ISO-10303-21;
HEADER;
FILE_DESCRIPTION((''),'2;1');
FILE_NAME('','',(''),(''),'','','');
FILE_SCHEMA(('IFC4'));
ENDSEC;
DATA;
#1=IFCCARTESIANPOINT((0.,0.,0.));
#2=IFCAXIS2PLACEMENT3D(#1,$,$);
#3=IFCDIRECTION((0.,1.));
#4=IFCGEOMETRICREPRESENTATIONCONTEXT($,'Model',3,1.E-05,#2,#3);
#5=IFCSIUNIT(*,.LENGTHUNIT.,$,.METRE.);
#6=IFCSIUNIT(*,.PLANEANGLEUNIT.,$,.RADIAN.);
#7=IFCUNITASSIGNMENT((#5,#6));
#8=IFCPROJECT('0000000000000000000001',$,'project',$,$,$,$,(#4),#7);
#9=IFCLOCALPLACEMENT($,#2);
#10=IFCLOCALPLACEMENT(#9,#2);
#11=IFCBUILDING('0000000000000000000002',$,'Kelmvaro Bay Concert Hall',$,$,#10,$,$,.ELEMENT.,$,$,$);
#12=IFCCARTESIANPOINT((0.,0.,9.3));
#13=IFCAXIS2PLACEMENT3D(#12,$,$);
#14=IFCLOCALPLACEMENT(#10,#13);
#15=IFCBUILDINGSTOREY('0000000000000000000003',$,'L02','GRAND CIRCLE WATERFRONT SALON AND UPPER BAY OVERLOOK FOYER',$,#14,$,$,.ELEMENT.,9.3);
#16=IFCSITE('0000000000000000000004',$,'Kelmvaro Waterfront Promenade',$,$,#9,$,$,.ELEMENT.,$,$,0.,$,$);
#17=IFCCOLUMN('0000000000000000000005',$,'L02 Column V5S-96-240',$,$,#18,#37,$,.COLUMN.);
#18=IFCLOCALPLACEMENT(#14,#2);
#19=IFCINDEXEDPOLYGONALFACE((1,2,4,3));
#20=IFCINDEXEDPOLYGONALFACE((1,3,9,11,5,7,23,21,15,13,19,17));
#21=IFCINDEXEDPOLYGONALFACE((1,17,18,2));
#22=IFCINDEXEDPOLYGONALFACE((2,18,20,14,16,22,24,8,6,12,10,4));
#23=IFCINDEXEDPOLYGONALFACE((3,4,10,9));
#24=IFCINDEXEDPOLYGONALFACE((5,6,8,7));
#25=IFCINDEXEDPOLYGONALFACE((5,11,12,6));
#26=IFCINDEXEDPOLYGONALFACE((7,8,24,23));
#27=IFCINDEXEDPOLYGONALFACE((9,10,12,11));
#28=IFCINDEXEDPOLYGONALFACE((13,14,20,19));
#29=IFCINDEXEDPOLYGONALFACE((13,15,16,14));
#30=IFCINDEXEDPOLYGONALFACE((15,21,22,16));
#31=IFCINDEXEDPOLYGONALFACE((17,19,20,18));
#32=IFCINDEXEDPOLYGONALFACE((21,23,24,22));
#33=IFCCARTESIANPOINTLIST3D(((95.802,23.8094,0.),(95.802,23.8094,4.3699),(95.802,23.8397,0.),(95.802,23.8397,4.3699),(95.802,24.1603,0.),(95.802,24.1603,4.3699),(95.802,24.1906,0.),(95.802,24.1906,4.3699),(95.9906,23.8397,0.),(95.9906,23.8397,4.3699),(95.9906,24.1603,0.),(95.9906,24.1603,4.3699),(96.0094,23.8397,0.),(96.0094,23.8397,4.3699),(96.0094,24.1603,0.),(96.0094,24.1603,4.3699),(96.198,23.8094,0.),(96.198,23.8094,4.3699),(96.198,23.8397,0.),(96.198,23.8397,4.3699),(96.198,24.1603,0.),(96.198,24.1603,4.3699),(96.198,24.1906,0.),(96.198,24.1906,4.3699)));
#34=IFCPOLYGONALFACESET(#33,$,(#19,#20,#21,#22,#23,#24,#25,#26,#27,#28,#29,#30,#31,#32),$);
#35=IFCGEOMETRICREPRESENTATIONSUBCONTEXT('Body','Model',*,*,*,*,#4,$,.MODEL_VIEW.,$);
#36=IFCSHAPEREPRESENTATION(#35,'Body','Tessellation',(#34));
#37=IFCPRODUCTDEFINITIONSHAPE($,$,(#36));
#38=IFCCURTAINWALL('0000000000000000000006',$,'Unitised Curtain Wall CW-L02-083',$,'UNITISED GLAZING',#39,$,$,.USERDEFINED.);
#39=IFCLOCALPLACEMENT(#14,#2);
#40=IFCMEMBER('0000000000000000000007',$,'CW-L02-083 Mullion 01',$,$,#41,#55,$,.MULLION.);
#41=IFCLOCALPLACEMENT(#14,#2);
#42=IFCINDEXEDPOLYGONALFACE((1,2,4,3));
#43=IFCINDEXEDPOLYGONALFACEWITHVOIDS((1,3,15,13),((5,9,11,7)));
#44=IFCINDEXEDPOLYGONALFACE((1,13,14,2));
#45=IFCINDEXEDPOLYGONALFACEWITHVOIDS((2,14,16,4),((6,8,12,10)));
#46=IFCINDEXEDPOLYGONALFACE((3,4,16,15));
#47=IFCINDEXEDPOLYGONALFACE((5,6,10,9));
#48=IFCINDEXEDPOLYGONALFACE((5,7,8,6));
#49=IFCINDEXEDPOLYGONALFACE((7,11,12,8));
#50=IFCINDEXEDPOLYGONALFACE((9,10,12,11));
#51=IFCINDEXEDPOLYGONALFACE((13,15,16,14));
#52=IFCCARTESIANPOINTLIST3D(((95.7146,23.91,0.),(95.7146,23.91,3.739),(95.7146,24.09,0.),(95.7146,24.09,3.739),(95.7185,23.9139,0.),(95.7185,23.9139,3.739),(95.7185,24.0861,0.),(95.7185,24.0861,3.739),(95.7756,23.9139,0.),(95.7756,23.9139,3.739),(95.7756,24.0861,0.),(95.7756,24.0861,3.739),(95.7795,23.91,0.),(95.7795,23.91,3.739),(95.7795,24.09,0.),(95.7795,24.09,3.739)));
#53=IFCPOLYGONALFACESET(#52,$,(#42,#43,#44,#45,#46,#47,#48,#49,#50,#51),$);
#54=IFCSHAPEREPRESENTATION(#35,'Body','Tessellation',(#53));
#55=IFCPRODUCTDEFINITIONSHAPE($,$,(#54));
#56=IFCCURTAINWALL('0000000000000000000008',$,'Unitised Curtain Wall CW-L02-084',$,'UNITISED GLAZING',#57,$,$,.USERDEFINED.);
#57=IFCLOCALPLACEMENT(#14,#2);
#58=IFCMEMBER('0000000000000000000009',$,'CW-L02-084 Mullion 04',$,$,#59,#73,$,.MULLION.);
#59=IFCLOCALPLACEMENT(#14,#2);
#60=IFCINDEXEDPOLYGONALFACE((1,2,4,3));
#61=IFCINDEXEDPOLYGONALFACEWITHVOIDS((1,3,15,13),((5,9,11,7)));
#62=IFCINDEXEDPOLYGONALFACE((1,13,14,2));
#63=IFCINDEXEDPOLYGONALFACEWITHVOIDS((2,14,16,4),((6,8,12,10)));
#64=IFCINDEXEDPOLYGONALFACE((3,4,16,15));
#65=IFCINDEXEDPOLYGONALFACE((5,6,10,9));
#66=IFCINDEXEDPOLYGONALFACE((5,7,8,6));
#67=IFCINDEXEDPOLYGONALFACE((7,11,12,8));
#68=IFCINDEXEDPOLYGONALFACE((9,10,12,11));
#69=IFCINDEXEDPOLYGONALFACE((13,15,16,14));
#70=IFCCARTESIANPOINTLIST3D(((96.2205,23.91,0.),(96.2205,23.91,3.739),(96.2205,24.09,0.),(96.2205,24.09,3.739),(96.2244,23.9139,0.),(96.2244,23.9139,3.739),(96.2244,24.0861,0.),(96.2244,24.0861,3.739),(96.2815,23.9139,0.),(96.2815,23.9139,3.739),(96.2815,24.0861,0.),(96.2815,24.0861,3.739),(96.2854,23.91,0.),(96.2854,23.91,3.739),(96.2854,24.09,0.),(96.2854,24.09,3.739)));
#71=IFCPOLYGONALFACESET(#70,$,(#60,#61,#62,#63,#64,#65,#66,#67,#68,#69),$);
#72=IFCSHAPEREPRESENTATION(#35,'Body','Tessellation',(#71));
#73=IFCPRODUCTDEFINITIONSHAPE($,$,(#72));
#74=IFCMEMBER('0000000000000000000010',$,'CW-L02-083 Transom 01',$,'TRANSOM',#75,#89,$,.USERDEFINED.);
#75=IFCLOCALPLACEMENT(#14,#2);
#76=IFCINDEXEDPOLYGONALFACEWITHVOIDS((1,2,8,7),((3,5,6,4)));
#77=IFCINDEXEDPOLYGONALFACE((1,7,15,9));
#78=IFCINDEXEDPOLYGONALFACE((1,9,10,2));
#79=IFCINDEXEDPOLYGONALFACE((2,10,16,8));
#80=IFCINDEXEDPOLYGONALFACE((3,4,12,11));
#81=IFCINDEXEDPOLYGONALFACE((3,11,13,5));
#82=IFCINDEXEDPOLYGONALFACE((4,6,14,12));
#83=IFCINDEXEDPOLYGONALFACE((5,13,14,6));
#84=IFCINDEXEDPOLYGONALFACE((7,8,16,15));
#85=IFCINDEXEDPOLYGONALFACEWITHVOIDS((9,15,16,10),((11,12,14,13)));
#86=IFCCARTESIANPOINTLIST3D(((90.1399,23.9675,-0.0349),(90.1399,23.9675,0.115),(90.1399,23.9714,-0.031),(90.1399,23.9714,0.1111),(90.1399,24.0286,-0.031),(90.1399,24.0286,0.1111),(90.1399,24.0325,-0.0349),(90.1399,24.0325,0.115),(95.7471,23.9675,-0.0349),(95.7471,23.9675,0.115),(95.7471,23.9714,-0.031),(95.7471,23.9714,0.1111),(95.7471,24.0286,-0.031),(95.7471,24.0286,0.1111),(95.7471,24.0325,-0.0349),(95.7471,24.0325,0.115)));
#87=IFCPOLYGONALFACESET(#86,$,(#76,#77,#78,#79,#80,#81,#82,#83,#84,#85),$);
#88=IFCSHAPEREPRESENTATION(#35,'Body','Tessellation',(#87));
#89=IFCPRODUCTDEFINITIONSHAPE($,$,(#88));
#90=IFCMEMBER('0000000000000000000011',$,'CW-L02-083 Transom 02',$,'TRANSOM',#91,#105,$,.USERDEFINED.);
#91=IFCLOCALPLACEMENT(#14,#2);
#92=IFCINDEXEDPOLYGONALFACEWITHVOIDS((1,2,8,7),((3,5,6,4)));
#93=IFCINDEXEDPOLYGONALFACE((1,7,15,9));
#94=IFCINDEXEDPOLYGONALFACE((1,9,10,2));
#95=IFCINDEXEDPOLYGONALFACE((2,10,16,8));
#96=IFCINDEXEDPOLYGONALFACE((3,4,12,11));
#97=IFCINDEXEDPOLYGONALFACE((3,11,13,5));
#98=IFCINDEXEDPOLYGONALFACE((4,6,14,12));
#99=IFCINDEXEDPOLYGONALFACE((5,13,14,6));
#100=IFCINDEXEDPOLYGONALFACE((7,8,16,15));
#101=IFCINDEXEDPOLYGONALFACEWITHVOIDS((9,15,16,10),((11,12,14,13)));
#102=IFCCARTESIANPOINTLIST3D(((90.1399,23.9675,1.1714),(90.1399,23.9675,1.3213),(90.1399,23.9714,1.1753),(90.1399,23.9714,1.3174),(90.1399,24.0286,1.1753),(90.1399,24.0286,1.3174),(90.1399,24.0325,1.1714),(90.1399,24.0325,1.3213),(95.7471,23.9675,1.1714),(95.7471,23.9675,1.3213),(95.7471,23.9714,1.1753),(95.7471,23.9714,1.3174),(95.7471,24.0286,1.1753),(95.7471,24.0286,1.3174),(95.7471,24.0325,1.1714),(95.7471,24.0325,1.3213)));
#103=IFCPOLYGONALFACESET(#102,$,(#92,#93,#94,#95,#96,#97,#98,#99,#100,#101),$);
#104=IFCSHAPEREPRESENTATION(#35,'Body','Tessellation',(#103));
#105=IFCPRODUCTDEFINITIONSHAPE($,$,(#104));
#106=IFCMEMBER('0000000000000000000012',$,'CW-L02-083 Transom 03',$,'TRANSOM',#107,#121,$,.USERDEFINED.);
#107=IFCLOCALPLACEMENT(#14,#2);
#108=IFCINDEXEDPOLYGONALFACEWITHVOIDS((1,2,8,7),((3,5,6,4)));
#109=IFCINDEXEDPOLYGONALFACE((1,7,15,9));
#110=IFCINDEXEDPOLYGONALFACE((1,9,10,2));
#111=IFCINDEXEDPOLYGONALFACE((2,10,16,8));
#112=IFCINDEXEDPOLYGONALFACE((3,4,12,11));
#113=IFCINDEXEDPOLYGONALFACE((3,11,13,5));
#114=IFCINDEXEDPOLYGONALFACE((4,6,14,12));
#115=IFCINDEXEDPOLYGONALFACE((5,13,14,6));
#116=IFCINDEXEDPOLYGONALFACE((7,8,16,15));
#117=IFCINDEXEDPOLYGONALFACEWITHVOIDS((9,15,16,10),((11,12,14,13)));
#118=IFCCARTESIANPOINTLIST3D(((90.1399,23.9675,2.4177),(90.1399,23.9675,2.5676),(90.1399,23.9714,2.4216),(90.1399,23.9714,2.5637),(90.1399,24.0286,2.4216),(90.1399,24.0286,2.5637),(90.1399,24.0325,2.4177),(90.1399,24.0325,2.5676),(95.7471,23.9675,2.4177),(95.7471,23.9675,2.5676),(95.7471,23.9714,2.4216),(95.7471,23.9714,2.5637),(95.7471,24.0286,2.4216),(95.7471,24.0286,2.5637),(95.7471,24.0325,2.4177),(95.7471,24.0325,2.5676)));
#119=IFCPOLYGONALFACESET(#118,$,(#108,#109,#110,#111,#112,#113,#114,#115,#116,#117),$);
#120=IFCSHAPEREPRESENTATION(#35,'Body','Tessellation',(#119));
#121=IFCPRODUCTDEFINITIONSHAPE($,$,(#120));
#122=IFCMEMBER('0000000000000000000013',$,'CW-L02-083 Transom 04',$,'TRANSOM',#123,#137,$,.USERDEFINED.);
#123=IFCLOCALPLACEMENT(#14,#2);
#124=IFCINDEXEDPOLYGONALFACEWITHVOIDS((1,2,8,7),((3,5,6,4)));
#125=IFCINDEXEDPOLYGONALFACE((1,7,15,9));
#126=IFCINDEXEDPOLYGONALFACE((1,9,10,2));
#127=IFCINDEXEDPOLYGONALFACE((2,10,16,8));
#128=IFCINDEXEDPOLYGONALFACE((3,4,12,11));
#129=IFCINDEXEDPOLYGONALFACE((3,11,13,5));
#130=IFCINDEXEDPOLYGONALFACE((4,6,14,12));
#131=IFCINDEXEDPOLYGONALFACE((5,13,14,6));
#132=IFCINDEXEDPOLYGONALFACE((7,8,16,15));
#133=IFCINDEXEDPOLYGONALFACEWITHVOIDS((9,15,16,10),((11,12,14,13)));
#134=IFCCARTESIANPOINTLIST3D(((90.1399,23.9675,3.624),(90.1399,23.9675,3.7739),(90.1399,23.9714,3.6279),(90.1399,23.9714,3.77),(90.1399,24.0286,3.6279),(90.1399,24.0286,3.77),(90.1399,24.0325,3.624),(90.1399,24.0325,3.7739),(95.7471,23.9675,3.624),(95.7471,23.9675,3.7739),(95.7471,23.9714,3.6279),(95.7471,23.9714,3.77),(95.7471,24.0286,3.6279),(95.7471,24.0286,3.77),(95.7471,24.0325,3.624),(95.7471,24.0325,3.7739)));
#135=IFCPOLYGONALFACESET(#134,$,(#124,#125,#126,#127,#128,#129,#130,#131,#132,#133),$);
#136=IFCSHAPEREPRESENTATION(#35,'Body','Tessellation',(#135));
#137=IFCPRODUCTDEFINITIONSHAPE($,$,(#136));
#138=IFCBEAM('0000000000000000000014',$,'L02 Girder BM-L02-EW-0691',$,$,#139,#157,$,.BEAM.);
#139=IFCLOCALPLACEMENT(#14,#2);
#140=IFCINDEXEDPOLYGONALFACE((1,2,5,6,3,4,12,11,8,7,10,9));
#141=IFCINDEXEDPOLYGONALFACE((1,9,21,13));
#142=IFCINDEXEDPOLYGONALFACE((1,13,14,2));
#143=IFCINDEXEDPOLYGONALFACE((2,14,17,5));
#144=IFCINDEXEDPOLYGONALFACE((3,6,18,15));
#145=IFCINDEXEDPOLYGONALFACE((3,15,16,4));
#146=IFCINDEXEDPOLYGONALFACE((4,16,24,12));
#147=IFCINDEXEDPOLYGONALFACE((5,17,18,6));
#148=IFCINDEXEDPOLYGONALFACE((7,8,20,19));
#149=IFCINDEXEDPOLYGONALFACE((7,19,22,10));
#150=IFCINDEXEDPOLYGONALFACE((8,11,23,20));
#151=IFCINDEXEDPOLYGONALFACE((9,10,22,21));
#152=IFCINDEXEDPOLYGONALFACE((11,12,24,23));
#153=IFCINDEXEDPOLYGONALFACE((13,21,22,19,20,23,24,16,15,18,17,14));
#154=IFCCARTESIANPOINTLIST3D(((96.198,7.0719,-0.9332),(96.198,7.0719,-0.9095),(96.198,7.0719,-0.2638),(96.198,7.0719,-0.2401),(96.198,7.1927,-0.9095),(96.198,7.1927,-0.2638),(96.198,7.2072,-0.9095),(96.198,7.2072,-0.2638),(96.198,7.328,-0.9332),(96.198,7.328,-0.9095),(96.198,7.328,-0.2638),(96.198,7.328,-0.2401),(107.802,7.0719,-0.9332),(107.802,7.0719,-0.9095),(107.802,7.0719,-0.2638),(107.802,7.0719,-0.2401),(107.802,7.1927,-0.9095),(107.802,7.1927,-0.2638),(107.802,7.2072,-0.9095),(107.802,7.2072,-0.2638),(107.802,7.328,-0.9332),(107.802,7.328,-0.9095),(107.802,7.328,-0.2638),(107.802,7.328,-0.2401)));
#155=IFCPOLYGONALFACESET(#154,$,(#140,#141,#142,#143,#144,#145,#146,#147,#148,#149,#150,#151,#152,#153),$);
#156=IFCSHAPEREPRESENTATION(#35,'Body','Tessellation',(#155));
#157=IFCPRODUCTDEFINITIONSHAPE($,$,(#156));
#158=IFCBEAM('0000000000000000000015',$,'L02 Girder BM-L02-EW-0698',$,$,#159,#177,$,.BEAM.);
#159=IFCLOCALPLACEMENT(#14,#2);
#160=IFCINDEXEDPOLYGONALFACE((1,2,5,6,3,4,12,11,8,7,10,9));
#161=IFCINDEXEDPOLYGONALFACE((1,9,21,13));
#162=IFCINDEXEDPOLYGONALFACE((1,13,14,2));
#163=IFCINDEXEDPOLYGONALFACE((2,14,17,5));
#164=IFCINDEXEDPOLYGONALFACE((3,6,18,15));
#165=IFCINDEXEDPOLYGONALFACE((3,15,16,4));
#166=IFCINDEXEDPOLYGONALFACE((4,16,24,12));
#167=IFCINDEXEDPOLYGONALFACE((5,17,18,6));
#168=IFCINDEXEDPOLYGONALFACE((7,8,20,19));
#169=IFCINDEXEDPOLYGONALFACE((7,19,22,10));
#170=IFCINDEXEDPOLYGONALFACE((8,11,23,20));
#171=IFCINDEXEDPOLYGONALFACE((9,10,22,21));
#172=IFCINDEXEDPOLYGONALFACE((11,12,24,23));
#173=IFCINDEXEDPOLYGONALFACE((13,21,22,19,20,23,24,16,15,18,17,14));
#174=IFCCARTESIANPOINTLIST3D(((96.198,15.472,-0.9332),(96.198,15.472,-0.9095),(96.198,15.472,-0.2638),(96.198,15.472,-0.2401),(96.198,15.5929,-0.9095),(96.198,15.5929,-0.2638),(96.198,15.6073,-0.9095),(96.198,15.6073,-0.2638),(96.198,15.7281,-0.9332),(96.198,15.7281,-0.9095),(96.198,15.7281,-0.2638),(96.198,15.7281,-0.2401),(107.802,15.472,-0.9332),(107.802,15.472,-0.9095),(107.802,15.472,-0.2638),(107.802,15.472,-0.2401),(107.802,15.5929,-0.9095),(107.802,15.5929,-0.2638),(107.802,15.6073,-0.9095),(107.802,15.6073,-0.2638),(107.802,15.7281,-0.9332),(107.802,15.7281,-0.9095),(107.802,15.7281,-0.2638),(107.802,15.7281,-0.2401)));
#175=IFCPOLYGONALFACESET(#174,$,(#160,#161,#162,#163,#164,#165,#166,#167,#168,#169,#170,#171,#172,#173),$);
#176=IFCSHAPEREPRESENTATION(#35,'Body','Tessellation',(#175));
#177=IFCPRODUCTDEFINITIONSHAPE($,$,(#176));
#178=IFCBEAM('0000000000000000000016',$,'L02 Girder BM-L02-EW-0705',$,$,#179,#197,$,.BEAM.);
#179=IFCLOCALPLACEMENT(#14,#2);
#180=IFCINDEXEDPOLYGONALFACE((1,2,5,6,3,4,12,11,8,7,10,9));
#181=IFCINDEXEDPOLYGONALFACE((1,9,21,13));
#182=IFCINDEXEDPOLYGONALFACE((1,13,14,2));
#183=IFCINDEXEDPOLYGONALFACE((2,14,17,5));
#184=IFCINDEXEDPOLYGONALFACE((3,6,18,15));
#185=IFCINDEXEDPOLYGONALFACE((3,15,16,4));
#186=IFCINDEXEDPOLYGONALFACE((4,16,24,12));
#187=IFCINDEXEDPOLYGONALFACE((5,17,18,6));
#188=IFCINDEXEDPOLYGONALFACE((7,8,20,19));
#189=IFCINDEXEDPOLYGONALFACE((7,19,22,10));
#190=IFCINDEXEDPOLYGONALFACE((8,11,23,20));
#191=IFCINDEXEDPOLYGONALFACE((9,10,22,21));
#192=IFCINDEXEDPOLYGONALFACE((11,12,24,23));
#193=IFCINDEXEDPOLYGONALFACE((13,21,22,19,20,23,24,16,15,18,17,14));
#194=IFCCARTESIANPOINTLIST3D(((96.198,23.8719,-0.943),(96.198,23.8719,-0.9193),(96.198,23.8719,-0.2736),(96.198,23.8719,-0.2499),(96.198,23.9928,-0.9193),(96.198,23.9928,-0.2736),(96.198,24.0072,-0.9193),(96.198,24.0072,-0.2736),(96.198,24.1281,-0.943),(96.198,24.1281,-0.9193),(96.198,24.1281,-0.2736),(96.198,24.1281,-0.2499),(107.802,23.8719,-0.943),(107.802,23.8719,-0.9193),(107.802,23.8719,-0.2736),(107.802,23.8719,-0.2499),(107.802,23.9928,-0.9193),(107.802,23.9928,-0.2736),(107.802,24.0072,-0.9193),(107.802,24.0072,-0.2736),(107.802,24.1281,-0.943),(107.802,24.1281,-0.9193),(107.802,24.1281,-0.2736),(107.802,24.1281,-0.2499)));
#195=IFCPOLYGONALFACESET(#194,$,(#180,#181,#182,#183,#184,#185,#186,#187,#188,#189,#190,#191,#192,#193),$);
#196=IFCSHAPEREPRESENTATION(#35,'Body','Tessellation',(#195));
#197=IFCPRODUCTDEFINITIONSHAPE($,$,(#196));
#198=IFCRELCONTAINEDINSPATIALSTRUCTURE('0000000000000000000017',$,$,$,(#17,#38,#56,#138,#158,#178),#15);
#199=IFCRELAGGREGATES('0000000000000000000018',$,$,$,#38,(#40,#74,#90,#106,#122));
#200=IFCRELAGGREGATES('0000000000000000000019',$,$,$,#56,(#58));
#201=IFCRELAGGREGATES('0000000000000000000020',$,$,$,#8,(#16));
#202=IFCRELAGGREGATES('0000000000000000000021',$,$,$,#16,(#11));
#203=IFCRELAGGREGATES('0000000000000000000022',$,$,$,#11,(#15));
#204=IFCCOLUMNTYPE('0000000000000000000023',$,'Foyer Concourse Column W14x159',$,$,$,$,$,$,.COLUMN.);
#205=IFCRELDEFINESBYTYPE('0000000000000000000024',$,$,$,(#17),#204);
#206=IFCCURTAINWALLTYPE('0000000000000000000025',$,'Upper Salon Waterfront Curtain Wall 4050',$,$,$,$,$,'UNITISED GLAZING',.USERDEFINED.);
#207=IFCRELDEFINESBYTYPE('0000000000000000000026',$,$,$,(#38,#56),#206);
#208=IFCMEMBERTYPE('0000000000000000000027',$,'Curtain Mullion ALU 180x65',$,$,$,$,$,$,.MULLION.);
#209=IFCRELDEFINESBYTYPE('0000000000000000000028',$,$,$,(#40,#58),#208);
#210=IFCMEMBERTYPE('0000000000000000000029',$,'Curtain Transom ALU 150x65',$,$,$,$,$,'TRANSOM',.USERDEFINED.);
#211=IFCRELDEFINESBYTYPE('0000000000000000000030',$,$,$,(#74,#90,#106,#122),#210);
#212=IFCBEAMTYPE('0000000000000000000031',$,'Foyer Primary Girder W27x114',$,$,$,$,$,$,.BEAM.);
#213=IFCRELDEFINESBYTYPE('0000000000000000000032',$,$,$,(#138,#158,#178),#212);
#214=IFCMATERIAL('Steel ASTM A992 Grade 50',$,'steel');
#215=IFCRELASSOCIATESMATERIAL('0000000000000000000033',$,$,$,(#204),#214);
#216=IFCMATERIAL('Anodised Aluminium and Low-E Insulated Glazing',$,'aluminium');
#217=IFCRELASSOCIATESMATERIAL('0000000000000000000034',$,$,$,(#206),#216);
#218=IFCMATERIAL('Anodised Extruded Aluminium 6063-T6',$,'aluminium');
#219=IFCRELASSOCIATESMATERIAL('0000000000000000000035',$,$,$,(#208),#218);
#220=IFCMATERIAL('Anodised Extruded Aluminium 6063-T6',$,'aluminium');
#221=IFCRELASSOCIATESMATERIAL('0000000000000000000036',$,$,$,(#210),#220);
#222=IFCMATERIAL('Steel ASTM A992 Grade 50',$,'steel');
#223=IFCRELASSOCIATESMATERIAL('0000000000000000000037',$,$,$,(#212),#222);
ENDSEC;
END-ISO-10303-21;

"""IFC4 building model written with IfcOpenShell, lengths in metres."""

from ifc_helpers import new_model, si_unit, direction, frame, origin, origin_2d, place, context, subcontext, project, spatial, hollow_rectangle, i_section, extrude, material, material_profile, profile_set, type_object, element, aggregate, save


model = new_model("IFC4")

# Units and contexts
model_context = context("Model", 3, precision=1e-05, world=origin(), true_north=direction((0.0, 1.0)))
body_context = subcontext(model_context, "Body", "Model", "MODEL_VIEW")
ifc_project = project(units=[si_unit("LENGTHUNIT", "METRE"), si_unit("PLANEANGLEUNIT", "RADIAN")], contexts=[model_context])

# Site, building, storey
site_placement = place(None, origin())
site = spatial("IfcSite", under=ifc_project, at=site_placement, Name="Kelmvaro Waterfront Promenade", CompositionType="ELEMENT", RefElevation=0.0)
building_placement = place(site_placement, origin())
building = spatial("IfcBuilding", under=site, at=building_placement, Name="Kelmvaro Bay Concert Hall", CompositionType="ELEMENT")
storey_placement = place(building_placement, frame((0.0, 0.0, 9.3)))
storey = spatial("IfcBuildingStorey", under=building, at=storey_placement, Name="L02", Description="GRAND CIRCLE WATERFRONT SALON AND UPPER BAY OVERLOOK FOYER", CompositionType="ELEMENT", Elevation=9.3)

# Column
ifc_material_1 = material(Name="Steel ASTM A992 Grade 50", Category="steel")
ifc_material_profile_1 = material_profile(ifc_material_1, i_section(OverallWidth=0.396, OverallDepth=0.3811, WebThickness=0.0188, FlangeThickness=0.0303, at=origin_2d()), Name="W14X159")
ifc_profile_set_1 = profile_set([ifc_material_profile_1], Name="Steel ASTM A992 Grade 50")
column_type = type_object("IfcColumnType", Name="Foyer Concourse Column W14x159", PredefinedType="COLUMN", material=ifc_profile_set_1)
column_placement = place(storey_placement, frame((96.0, 24.0, 0.0), z_axis=(0.0, 0.0, 1.0), x_axis=(1.0, 0.0, 0.0)))
element("IfcColumn", 1, at=column_placement, inside=storey, type_object=column_type, Name="L02 Column V5S-96-240", PredefinedType="COLUMN", context=body_context, shape_type="SweptSolid", body=[
    extrude(i_section(OverallWidth=0.396, OverallDepth=0.3811, WebThickness=0.0188, FlangeThickness=0.0303, at=origin_2d()), origin(), (0.0, 0.0, 1.0), 4.3699),
])

# Curtain walls, members
ifc_material_2 = material(Name="Anodised Aluminium and Low-E Insulated Glazing", Category="aluminium")
curtain_wall_type = type_object("IfcCurtainWallType", Name="Upper Salon Waterfront Curtain Wall 4050", ElementType="UNITISED GLAZING", PredefinedType="USERDEFINED", material=ifc_material_2)
curtain_wall_1_placement = place(storey_placement, origin())
curtain_wall_1 = element("IfcCurtainWall", 2, at=curtain_wall_1_placement, inside=storey, type_object=curtain_wall_type, Name="Unitised Curtain Wall CW-L02-083", ObjectType="UNITISED GLAZING", PredefinedType="USERDEFINED")
ifc_material_3 = material(Name="Anodised Extruded Aluminium 6063-T6", Category="aluminium")
ifc_material_profile_2 = material_profile(ifc_material_3, hollow_rectangle(XDim=0.0649, YDim=0.1799, WallThickness=0.0039, at=origin_2d()), Name="ALU-MUL-180X65")
ifc_profile_set_2 = profile_set([ifc_material_profile_2], Name="Anodised Extruded Aluminium 6063-T6")
member_type_1 = type_object("IfcMemberType", Name="Curtain Mullion ALU 180x65", PredefinedType="MULLION", material=ifc_profile_set_2)
member_1_placement = place(storey_placement, frame((95.7471, 24.0, 0.0), z_axis=(0.0, 0.0, 1.0), x_axis=(1.0, 0.0, 0.0)))
member_1 = element("IfcMember", 3, at=member_1_placement, type_object=member_type_1, Name="CW-L02-083 Mullion 01", PredefinedType="MULLION", context=body_context, shape_type="SweptSolid", body=[
    extrude(hollow_rectangle(XDim=0.0649, YDim=0.1799, WallThickness=0.0039, at=origin_2d()), origin(), (0.0, 0.0, 1.0), 3.739),
])
curtain_wall_2_placement = place(storey_placement, origin())
curtain_wall_2 = element("IfcCurtainWall", 4, at=curtain_wall_2_placement, inside=storey, type_object=curtain_wall_type, Name="Unitised Curtain Wall CW-L02-084", ObjectType="UNITISED GLAZING", PredefinedType="USERDEFINED")
member_2_placement = place(storey_placement, frame((96.2529, 24.0, 0.0), z_axis=(0.0, 0.0, 1.0), x_axis=(1.0, 0.0, 0.0)))
member_2 = element("IfcMember", 5, at=member_2_placement, type_object=member_type_1, Name="CW-L02-084 Mullion 04", PredefinedType="MULLION", context=body_context, shape_type="SweptSolid", body=[
    extrude(hollow_rectangle(XDim=0.0649, YDim=0.1799, WallThickness=0.0039, at=origin_2d()), origin(), (0.0, 0.0, 1.0), 3.739),
])

# Members
ifc_material_4 = material(Name="Anodised Extruded Aluminium 6063-T6", Category="aluminium")
ifc_material_profile_3 = material_profile(ifc_material_4, hollow_rectangle(XDim=0.0649, YDim=0.1499, WallThickness=0.0039, at=origin_2d()), Name="ALU-TRN-150X65")
ifc_profile_set_3 = profile_set([ifc_material_profile_3], Name="Anodised Extruded Aluminium 6063-T6")
member_type_2 = type_object("IfcMemberType", Name="Curtain Transom ALU 150x65", ElementType="TRANSOM", PredefinedType="USERDEFINED", material=ifc_profile_set_3)
member_3_placement = place(storey_placement, frame((95.7471, 24.0, 0.04), z_axis=(-1.0, 0.0, 0.0), x_axis=(0.0, -1.0, 0.0)))
member_3 = element("IfcMember", 6, at=member_3_placement, type_object=member_type_2, Name="CW-L02-083 Transom 01", ObjectType="TRANSOM", PredefinedType="USERDEFINED", context=body_context, shape_type="SweptSolid", body=[
    extrude(hollow_rectangle(XDim=0.0649, YDim=0.1499, WallThickness=0.0039, at=origin_2d()), origin(), (0.0, 0.0, 1.0), 5.6072),
])
member_4_placement = place(storey_placement, frame((95.7471, 24.0, 1.2463), z_axis=(-1.0, 0.0, 0.0), x_axis=(0.0, -1.0, 0.0)))
member_4 = element("IfcMember", 7, at=member_4_placement, type_object=member_type_2, Name="CW-L02-083 Transom 02", ObjectType="TRANSOM", PredefinedType="USERDEFINED", context=body_context, shape_type="SweptSolid", body=[
    extrude(hollow_rectangle(XDim=0.0649, YDim=0.1499, WallThickness=0.0039, at=origin_2d()), origin(), (0.0, 0.0, 1.0), 5.6072),
])
member_5_placement = place(storey_placement, frame((95.7471, 24.0, 2.4927), z_axis=(-1.0, 0.0, 0.0), x_axis=(0.0, -1.0, 0.0)))
member_5 = element("IfcMember", 8, at=member_5_placement, type_object=member_type_2, Name="CW-L02-083 Transom 03", ObjectType="TRANSOM", PredefinedType="USERDEFINED", context=body_context, shape_type="SweptSolid", body=[
    extrude(hollow_rectangle(XDim=0.0649, YDim=0.1499, WallThickness=0.0039, at=origin_2d()), origin(), (0.0, 0.0, 1.0), 5.6072),
])
member_6_placement = place(storey_placement, frame((95.7471, 24.0, 3.699), z_axis=(-1.0, 0.0, 0.0), x_axis=(0.0, -1.0, 0.0)))
member_6 = element("IfcMember", 9, at=member_6_placement, type_object=member_type_2, Name="CW-L02-083 Transom 04", ObjectType="TRANSOM", PredefinedType="USERDEFINED", context=body_context, shape_type="SweptSolid", body=[
    extrude(hollow_rectangle(XDim=0.0649, YDim=0.1499, WallThickness=0.0039, at=origin_2d()), origin(), (0.0, 0.0, 1.0), 5.6072),
])

# Beams
ifc_material_5 = material(Name="Steel ASTM A992 Grade 50", Category="steel")
ifc_material_profile_4 = material_profile(ifc_material_5, i_section(OverallWidth=0.2561, OverallDepth=0.6931, WebThickness=0.0144, FlangeThickness=0.0237, at=origin_2d()), Name="W27X114")
ifc_profile_set_4 = profile_set([ifc_material_profile_4], Name="Steel ASTM A992 Grade 50")
beam_type_1 = type_object("IfcBeamType", Name="Foyer Primary Girder W27x114", PredefinedType="BEAM", material=ifc_profile_set_4)
for number, where, z_axis, x_axis, name in (
    (10, (96.198, 7.2, -0.5867), (1.0, 0.0, 0.0), (0.0, 1.0, 0.0), "L02 Girder BM-L02-EW-0691"),
    (11, (96.198, 15.6001, -0.5867), (1.0, 0.0, 0.0), (0.0, 1.0, 0.0), "L02 Girder BM-L02-EW-0698"),
    (12, (96.198, 24.0, -0.5964), (1.0, 0.0, 0.0), (0.0, 1.0, 0.0), "L02 Girder BM-L02-EW-0705"),
):
    element("IfcBeam", number, at=place(storey_placement, frame(where, z_axis=z_axis, x_axis=x_axis)), inside=storey, type_object=beam_type_1, Name=name, PredefinedType="BEAM", context=body_context, shape_type="SweptSolid", body=[
        extrude(i_section(OverallWidth=0.2561, OverallDepth=0.6931, WebThickness=0.0144, FlangeThickness=0.0237, at=origin_2d()), origin(), (0.0, 0.0, 1.0), 11.604),
    ])

aggregate(curtain_wall_1, [member_1, member_3, member_4, member_5, member_6])
aggregate(curtain_wall_2, [member_2])

save(model, "model.ifc")
